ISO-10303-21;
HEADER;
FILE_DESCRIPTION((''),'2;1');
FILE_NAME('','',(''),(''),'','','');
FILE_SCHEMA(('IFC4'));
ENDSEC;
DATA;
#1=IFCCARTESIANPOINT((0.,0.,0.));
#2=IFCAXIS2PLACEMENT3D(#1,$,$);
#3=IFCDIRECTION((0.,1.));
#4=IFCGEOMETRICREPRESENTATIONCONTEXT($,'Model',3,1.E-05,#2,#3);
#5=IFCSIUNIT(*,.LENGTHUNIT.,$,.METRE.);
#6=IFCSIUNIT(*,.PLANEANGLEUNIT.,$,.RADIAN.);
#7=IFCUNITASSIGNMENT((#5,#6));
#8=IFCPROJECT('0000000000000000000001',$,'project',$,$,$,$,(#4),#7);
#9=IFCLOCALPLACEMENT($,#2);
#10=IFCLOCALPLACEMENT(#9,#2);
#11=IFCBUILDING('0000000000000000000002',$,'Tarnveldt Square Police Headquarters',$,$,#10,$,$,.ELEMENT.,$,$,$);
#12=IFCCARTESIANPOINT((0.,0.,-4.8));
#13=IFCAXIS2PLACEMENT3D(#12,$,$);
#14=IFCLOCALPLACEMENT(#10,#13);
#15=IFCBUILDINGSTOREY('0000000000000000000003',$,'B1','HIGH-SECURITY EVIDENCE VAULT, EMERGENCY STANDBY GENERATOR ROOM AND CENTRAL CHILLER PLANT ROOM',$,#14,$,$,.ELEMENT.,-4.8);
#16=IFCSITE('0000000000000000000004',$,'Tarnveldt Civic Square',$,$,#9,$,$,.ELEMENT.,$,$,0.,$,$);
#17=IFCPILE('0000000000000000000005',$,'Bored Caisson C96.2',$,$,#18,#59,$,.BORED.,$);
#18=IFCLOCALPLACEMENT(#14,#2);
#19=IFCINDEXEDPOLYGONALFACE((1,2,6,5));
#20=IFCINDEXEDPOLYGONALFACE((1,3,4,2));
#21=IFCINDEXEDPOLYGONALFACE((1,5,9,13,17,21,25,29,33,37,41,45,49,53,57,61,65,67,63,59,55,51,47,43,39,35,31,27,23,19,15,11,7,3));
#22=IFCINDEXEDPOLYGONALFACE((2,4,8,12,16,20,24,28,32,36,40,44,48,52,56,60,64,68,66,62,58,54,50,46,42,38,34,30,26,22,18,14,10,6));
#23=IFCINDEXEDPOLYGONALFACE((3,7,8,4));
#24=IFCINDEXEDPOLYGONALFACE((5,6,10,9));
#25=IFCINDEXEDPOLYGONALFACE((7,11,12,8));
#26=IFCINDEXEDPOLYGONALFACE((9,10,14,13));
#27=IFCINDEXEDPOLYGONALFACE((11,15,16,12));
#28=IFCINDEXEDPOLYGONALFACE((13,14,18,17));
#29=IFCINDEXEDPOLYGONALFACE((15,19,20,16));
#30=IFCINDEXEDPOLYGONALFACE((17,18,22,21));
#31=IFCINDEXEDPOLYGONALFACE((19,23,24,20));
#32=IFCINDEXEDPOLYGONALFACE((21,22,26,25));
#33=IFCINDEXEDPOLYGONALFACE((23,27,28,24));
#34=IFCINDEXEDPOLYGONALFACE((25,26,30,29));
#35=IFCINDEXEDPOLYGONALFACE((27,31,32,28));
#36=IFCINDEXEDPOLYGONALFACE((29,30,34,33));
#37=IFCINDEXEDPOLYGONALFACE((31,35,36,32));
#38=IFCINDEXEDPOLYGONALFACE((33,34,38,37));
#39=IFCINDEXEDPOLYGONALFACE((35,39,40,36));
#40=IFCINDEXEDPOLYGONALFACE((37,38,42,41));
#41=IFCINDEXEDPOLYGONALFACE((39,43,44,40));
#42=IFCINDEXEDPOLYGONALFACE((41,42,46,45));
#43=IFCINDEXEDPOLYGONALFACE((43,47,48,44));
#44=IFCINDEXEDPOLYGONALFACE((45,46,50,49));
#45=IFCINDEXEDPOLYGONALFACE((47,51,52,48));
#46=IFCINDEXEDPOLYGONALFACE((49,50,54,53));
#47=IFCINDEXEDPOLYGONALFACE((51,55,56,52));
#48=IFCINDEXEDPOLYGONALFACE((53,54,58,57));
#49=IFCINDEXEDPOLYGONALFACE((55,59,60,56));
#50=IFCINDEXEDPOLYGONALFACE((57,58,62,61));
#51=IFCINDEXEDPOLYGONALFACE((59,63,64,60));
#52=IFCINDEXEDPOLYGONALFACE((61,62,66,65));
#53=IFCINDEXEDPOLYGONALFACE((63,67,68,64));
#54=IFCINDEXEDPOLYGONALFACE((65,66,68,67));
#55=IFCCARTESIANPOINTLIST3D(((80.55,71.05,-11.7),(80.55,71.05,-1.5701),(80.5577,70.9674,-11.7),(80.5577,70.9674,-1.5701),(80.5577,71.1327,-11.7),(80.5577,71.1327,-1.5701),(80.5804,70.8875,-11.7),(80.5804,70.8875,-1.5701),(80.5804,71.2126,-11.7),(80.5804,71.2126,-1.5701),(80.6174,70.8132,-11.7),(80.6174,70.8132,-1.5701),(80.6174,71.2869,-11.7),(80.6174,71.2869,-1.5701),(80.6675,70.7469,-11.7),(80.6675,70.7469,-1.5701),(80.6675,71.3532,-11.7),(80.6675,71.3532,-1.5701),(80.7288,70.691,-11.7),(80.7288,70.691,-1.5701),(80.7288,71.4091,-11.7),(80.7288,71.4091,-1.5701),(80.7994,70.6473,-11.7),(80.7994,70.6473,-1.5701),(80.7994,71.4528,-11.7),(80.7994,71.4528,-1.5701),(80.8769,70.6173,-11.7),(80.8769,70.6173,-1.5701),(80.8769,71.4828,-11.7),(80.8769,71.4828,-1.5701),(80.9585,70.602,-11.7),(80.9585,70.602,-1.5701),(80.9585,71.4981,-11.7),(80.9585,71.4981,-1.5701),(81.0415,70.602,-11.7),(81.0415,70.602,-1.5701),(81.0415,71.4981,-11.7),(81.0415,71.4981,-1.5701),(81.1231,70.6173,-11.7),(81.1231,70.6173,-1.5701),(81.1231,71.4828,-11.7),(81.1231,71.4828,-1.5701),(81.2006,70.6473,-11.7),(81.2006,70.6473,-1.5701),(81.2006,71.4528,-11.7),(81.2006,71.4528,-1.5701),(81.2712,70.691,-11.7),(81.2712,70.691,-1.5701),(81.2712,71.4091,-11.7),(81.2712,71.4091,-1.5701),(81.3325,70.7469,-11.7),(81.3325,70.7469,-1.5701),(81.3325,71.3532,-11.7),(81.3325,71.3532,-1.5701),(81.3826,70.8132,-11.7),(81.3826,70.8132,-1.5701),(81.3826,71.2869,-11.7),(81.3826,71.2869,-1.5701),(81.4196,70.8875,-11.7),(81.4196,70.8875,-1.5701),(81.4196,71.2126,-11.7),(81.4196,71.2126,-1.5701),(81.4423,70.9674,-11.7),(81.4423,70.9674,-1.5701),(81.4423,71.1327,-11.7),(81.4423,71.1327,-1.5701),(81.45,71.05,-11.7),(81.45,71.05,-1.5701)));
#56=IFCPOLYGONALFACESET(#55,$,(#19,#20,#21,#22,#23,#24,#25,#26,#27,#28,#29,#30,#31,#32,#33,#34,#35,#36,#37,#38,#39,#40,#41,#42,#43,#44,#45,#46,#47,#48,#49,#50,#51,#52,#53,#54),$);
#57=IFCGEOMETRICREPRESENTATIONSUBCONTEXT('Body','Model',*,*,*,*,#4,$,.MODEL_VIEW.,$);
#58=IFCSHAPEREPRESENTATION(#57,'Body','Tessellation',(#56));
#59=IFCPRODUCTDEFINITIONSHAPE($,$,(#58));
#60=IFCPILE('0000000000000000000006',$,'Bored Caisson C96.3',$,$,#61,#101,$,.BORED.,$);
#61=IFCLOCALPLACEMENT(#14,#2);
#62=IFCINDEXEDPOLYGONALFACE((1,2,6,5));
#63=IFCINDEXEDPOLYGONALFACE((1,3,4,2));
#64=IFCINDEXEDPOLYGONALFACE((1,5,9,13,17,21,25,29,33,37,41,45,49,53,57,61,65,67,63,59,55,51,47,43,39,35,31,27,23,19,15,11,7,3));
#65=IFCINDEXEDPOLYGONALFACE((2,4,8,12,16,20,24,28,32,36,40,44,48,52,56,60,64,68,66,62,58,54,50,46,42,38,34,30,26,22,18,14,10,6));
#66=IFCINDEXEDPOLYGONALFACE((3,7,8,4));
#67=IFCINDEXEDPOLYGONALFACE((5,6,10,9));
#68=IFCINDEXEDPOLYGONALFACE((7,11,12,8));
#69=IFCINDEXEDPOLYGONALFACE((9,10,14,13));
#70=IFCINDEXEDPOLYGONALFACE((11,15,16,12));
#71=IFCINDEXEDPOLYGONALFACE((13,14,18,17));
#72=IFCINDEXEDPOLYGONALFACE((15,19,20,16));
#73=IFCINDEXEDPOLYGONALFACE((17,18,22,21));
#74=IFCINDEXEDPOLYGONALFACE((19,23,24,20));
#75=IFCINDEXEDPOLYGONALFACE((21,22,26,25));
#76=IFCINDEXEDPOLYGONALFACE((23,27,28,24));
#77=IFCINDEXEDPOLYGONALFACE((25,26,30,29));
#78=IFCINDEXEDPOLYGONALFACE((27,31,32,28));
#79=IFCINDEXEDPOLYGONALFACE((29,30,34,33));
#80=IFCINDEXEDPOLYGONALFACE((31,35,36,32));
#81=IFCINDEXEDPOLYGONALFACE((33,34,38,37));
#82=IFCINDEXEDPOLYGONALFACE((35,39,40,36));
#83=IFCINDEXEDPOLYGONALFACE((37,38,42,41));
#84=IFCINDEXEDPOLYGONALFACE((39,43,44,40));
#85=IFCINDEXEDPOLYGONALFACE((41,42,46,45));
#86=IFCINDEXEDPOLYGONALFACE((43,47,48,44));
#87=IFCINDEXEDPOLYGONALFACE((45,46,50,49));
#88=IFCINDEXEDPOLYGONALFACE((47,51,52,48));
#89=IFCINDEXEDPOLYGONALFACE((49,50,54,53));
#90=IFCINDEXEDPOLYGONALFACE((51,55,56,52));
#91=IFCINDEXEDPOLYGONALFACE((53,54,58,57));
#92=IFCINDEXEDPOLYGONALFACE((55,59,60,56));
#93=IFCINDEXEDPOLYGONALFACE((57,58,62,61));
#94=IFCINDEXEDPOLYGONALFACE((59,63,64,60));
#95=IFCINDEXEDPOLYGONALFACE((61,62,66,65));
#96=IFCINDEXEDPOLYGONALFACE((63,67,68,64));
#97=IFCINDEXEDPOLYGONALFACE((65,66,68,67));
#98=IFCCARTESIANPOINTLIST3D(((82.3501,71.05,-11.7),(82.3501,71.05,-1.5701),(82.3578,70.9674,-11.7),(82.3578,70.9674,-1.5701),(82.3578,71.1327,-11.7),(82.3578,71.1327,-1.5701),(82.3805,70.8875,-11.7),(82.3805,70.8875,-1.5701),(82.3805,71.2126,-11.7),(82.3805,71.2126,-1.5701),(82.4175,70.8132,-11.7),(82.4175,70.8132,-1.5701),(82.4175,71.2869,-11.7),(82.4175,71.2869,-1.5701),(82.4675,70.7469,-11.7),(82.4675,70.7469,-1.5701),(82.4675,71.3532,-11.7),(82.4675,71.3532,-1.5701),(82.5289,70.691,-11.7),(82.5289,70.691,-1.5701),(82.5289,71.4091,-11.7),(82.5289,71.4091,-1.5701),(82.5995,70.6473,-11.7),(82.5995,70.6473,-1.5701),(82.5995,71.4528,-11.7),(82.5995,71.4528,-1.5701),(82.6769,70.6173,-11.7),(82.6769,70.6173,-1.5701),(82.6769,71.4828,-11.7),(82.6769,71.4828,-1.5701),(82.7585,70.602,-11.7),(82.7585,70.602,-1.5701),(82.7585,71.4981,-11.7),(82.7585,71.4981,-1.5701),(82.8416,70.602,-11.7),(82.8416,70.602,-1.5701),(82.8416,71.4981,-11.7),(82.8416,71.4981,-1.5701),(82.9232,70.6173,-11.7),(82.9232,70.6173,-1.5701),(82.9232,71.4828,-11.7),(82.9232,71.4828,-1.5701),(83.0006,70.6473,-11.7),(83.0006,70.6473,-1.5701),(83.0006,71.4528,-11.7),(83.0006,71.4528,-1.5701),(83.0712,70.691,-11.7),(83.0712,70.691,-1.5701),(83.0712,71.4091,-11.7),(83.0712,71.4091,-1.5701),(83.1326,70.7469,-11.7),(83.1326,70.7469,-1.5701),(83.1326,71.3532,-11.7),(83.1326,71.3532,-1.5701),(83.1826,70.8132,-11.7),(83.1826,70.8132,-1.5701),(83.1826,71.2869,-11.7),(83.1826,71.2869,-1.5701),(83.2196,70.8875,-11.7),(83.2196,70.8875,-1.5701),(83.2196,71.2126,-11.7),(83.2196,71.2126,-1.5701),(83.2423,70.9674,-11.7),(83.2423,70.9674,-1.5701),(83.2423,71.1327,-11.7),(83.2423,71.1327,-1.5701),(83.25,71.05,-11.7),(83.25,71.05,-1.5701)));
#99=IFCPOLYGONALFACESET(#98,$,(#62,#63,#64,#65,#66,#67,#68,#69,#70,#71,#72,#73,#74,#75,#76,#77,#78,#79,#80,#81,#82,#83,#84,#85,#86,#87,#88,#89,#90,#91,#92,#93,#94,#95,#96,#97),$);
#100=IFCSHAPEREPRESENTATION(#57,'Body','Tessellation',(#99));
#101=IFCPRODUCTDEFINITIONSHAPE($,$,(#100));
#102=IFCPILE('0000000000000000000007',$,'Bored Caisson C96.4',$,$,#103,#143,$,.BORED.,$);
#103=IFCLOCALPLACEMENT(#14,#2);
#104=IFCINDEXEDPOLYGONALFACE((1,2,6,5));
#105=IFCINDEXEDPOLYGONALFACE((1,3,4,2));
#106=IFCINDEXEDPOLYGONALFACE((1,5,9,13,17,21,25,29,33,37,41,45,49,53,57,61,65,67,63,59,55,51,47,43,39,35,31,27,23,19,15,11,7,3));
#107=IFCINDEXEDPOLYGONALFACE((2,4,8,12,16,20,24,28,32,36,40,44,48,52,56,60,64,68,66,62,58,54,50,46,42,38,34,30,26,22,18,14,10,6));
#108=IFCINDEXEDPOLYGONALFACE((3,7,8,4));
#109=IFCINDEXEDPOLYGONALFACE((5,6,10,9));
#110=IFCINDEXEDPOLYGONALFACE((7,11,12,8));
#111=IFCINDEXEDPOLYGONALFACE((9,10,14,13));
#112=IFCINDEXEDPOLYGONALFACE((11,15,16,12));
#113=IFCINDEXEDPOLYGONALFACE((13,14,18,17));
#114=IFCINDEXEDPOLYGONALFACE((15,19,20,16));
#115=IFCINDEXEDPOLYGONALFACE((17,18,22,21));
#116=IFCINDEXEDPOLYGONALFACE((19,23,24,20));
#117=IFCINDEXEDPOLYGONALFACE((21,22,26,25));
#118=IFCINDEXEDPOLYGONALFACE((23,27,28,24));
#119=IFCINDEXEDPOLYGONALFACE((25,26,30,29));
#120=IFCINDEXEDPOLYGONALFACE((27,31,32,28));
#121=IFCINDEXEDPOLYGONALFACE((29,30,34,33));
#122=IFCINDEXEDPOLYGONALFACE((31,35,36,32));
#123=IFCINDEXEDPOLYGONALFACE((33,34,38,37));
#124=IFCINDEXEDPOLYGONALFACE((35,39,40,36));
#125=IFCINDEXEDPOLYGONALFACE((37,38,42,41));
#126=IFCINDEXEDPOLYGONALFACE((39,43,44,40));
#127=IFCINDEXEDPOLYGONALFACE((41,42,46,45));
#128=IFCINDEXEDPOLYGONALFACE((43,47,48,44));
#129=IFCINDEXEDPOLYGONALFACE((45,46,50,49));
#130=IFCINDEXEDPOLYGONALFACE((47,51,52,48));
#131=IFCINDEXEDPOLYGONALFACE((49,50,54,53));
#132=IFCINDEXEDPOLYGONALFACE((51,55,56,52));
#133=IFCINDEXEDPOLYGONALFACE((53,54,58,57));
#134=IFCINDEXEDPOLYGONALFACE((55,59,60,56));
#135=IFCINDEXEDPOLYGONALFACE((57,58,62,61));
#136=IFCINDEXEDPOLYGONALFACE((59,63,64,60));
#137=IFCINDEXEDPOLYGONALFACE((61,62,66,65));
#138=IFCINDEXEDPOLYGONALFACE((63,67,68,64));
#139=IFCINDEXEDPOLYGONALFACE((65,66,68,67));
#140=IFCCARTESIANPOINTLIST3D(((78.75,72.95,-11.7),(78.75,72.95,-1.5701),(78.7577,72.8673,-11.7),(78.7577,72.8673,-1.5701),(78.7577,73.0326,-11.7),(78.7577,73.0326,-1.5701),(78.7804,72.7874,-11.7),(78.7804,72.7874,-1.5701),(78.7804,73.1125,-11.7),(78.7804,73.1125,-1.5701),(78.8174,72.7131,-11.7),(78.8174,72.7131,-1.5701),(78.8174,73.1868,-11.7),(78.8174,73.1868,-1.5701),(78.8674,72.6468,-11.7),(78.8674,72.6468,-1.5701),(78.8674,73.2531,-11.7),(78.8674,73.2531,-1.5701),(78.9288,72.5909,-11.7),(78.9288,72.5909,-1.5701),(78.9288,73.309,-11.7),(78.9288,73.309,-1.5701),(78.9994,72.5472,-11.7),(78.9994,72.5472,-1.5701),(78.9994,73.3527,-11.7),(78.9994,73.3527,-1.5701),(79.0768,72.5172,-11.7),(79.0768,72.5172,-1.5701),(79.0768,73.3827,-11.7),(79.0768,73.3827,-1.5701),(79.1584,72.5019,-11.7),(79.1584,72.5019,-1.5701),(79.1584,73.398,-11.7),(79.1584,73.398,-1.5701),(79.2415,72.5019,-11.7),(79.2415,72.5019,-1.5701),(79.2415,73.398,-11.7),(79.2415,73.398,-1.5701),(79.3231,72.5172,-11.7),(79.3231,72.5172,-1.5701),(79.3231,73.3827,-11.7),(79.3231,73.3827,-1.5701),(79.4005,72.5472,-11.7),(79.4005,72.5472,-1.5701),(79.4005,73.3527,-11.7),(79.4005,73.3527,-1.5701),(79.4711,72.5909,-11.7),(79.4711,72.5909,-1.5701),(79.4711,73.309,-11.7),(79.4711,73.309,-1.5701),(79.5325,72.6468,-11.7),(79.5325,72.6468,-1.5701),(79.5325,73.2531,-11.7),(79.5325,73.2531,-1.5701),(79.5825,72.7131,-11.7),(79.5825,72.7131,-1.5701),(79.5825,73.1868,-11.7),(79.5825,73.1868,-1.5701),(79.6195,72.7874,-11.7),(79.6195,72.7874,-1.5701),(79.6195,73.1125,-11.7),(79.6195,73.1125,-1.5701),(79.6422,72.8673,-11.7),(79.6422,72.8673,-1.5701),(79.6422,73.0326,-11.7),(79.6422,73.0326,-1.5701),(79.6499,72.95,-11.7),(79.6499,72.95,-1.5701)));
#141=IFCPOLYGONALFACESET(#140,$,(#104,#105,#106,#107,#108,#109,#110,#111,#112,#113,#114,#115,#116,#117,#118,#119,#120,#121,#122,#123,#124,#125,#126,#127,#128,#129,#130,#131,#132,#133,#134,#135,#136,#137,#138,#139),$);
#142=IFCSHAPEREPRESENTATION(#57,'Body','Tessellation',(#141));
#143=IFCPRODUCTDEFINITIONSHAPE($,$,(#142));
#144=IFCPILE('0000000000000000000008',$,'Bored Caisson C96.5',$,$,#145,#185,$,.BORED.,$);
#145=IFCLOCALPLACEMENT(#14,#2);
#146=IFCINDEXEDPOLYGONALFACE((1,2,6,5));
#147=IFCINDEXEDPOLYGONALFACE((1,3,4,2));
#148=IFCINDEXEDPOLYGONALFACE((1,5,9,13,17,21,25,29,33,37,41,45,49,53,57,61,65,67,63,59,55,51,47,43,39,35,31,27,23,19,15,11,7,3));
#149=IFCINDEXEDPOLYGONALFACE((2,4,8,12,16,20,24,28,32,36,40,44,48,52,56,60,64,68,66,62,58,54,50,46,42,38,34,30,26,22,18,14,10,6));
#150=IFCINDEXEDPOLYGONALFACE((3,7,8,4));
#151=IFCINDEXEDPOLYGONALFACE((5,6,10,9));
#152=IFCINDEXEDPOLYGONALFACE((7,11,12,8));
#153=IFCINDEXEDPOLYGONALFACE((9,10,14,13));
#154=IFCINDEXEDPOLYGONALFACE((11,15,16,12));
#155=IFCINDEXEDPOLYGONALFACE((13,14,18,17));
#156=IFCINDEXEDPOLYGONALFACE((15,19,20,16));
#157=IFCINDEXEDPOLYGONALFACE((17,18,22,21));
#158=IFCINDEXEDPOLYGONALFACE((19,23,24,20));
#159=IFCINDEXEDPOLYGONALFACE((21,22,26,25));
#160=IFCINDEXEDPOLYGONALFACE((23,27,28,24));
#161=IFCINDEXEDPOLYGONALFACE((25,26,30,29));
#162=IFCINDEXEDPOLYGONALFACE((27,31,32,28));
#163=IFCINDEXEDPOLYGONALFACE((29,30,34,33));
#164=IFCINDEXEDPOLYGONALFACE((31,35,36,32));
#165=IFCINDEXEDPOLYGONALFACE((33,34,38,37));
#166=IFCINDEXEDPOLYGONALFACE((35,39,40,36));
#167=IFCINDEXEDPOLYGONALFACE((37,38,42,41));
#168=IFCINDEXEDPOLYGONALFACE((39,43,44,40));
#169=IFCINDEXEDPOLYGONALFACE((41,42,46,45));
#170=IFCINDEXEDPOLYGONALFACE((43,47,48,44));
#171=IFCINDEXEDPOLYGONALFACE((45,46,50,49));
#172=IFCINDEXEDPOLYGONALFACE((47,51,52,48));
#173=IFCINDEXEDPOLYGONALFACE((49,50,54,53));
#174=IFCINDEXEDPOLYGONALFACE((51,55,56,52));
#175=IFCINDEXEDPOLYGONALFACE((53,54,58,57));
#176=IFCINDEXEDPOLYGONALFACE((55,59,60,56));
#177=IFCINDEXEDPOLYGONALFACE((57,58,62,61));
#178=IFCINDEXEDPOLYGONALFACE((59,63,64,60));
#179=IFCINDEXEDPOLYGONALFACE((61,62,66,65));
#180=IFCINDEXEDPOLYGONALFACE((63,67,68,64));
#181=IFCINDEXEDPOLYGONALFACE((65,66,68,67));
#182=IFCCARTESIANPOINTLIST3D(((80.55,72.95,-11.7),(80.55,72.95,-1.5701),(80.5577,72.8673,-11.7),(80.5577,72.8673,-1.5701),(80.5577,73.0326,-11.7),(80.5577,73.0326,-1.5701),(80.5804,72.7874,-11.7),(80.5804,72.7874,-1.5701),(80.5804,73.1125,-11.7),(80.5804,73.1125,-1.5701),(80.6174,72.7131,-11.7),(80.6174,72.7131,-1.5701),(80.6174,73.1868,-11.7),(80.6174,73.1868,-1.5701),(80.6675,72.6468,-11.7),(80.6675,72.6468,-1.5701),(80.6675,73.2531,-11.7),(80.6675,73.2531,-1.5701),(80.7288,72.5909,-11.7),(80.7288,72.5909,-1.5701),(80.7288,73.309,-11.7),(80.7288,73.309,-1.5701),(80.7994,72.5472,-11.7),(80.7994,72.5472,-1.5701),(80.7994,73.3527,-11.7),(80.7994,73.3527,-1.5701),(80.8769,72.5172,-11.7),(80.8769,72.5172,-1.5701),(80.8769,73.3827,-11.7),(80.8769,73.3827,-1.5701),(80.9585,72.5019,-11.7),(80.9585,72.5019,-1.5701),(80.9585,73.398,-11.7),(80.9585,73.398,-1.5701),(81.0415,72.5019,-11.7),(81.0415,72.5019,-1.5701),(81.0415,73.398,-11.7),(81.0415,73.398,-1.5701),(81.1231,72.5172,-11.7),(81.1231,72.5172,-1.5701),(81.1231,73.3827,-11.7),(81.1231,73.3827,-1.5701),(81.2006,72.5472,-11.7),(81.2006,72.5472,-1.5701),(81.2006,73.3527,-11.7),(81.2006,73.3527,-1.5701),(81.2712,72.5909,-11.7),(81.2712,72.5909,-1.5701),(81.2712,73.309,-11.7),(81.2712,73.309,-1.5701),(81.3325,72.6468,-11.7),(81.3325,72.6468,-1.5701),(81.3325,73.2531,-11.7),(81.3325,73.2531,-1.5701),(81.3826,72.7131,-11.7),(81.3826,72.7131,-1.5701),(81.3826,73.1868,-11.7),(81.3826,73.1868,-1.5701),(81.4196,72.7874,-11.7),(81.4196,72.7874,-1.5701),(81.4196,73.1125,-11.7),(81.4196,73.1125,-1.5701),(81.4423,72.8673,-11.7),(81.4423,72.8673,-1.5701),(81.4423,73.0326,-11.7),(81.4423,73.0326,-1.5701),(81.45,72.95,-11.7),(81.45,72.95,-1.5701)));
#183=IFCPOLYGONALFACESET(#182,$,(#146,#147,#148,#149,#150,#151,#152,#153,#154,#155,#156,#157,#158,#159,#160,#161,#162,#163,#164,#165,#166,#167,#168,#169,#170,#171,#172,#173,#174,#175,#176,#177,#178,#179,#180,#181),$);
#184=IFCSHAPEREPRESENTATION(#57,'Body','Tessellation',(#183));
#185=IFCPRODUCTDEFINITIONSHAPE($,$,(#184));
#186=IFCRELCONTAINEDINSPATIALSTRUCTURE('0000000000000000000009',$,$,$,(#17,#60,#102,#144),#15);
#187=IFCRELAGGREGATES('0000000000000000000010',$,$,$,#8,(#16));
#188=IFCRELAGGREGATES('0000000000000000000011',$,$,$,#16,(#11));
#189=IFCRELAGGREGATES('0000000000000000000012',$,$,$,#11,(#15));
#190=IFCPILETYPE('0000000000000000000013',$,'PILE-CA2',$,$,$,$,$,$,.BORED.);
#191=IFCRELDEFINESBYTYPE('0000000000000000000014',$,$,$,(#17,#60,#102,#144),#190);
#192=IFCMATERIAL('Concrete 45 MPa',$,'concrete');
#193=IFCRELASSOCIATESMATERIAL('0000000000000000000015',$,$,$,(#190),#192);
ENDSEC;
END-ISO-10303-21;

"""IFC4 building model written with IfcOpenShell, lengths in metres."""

from ifc_helpers import new_model, si_unit, direction, frame, origin, origin_2d, place, context, subcontext, project, spatial, circle, extrude, material, material_profile, profile_set, type_object, element, save


model = new_model("IFC4")

# Units and contexts
model_context = context("Model", 3, precision=1e-05, world=origin(), true_north=direction((0.0, 1.0)))
body_context = subcontext(model_context, "Body", "Model", "MODEL_VIEW")
ifc_project = project(units=[si_unit("LENGTHUNIT", "METRE"), si_unit("PLANEANGLEUNIT", "RADIAN")], contexts=[model_context])

# Site, building, storey
site_placement = place(None, origin())
site = spatial("IfcSite", under=ifc_project, at=site_placement, Name="Tarnveldt Civic Square", CompositionType="ELEMENT", RefElevation=0.0)
building_placement = place(site_placement, origin())
building = spatial("IfcBuilding", under=site, at=building_placement, Name="Tarnveldt Square Police Headquarters", CompositionType="ELEMENT")
storey_placement = place(building_placement, frame((0.0, 0.0, -4.8)))
storey = spatial("IfcBuildingStorey", under=building, at=storey_placement, Name="B1", Description="HIGH-SECURITY EVIDENCE VAULT, EMERGENCY STANDBY GENERATOR ROOM AND CENTRAL CHILLER PLANT ROOM", CompositionType="ELEMENT", Elevation=-4.8)

# Shared definitions
ifc_material_1 = material(Name="Concrete 45 MPa", Category="concrete")

# Piles
ifc_material_profile_1 = material_profile(ifc_material_1, circle(Radius=0.45, at=origin_2d()), Name="CAISSON-D900")
ifc_profile_set_1 = profile_set([ifc_material_profile_1], Name="Concrete 45 MPa")
pile_type = type_object("IfcPileType", Name="PILE-CA2", PredefinedType="BORED", material=ifc_profile_set_1)
for number, where, z_axis, x_axis, name in (
    (1, (81.0, 71.05, -1.5701), (0.0, 0.0, -1.0), (1.0, 0.0, 0.0), "Bored Caisson C96.2"),
    (2, (82.8, 71.05, -1.5701), (0.0, 0.0, -1.0), (1.0, 0.0, 0.0), "Bored Caisson C96.3"),
    (3, (79.2, 72.95, -1.5701), (0.0, 0.0, -1.0), (1.0, 0.0, 0.0), "Bored Caisson C96.4"),
    (4, (81.0, 72.95, -1.5701), (0.0, 0.0, -1.0), (1.0, 0.0, 0.0), "Bored Caisson C96.5"),
):
    element("IfcPile", number, at=place(storey_placement, frame(where, z_axis=z_axis, x_axis=x_axis)), inside=storey, type_object=pile_type, Name=name, PredefinedType="BORED", context=body_context, shape_type="SweptSolid", body=[
        extrude(circle(Radius=0.45, at=origin_2d()), origin(), (0.0, 0.0, 1.0), 10.1299),
    ])

save(model, "model.ifc")
